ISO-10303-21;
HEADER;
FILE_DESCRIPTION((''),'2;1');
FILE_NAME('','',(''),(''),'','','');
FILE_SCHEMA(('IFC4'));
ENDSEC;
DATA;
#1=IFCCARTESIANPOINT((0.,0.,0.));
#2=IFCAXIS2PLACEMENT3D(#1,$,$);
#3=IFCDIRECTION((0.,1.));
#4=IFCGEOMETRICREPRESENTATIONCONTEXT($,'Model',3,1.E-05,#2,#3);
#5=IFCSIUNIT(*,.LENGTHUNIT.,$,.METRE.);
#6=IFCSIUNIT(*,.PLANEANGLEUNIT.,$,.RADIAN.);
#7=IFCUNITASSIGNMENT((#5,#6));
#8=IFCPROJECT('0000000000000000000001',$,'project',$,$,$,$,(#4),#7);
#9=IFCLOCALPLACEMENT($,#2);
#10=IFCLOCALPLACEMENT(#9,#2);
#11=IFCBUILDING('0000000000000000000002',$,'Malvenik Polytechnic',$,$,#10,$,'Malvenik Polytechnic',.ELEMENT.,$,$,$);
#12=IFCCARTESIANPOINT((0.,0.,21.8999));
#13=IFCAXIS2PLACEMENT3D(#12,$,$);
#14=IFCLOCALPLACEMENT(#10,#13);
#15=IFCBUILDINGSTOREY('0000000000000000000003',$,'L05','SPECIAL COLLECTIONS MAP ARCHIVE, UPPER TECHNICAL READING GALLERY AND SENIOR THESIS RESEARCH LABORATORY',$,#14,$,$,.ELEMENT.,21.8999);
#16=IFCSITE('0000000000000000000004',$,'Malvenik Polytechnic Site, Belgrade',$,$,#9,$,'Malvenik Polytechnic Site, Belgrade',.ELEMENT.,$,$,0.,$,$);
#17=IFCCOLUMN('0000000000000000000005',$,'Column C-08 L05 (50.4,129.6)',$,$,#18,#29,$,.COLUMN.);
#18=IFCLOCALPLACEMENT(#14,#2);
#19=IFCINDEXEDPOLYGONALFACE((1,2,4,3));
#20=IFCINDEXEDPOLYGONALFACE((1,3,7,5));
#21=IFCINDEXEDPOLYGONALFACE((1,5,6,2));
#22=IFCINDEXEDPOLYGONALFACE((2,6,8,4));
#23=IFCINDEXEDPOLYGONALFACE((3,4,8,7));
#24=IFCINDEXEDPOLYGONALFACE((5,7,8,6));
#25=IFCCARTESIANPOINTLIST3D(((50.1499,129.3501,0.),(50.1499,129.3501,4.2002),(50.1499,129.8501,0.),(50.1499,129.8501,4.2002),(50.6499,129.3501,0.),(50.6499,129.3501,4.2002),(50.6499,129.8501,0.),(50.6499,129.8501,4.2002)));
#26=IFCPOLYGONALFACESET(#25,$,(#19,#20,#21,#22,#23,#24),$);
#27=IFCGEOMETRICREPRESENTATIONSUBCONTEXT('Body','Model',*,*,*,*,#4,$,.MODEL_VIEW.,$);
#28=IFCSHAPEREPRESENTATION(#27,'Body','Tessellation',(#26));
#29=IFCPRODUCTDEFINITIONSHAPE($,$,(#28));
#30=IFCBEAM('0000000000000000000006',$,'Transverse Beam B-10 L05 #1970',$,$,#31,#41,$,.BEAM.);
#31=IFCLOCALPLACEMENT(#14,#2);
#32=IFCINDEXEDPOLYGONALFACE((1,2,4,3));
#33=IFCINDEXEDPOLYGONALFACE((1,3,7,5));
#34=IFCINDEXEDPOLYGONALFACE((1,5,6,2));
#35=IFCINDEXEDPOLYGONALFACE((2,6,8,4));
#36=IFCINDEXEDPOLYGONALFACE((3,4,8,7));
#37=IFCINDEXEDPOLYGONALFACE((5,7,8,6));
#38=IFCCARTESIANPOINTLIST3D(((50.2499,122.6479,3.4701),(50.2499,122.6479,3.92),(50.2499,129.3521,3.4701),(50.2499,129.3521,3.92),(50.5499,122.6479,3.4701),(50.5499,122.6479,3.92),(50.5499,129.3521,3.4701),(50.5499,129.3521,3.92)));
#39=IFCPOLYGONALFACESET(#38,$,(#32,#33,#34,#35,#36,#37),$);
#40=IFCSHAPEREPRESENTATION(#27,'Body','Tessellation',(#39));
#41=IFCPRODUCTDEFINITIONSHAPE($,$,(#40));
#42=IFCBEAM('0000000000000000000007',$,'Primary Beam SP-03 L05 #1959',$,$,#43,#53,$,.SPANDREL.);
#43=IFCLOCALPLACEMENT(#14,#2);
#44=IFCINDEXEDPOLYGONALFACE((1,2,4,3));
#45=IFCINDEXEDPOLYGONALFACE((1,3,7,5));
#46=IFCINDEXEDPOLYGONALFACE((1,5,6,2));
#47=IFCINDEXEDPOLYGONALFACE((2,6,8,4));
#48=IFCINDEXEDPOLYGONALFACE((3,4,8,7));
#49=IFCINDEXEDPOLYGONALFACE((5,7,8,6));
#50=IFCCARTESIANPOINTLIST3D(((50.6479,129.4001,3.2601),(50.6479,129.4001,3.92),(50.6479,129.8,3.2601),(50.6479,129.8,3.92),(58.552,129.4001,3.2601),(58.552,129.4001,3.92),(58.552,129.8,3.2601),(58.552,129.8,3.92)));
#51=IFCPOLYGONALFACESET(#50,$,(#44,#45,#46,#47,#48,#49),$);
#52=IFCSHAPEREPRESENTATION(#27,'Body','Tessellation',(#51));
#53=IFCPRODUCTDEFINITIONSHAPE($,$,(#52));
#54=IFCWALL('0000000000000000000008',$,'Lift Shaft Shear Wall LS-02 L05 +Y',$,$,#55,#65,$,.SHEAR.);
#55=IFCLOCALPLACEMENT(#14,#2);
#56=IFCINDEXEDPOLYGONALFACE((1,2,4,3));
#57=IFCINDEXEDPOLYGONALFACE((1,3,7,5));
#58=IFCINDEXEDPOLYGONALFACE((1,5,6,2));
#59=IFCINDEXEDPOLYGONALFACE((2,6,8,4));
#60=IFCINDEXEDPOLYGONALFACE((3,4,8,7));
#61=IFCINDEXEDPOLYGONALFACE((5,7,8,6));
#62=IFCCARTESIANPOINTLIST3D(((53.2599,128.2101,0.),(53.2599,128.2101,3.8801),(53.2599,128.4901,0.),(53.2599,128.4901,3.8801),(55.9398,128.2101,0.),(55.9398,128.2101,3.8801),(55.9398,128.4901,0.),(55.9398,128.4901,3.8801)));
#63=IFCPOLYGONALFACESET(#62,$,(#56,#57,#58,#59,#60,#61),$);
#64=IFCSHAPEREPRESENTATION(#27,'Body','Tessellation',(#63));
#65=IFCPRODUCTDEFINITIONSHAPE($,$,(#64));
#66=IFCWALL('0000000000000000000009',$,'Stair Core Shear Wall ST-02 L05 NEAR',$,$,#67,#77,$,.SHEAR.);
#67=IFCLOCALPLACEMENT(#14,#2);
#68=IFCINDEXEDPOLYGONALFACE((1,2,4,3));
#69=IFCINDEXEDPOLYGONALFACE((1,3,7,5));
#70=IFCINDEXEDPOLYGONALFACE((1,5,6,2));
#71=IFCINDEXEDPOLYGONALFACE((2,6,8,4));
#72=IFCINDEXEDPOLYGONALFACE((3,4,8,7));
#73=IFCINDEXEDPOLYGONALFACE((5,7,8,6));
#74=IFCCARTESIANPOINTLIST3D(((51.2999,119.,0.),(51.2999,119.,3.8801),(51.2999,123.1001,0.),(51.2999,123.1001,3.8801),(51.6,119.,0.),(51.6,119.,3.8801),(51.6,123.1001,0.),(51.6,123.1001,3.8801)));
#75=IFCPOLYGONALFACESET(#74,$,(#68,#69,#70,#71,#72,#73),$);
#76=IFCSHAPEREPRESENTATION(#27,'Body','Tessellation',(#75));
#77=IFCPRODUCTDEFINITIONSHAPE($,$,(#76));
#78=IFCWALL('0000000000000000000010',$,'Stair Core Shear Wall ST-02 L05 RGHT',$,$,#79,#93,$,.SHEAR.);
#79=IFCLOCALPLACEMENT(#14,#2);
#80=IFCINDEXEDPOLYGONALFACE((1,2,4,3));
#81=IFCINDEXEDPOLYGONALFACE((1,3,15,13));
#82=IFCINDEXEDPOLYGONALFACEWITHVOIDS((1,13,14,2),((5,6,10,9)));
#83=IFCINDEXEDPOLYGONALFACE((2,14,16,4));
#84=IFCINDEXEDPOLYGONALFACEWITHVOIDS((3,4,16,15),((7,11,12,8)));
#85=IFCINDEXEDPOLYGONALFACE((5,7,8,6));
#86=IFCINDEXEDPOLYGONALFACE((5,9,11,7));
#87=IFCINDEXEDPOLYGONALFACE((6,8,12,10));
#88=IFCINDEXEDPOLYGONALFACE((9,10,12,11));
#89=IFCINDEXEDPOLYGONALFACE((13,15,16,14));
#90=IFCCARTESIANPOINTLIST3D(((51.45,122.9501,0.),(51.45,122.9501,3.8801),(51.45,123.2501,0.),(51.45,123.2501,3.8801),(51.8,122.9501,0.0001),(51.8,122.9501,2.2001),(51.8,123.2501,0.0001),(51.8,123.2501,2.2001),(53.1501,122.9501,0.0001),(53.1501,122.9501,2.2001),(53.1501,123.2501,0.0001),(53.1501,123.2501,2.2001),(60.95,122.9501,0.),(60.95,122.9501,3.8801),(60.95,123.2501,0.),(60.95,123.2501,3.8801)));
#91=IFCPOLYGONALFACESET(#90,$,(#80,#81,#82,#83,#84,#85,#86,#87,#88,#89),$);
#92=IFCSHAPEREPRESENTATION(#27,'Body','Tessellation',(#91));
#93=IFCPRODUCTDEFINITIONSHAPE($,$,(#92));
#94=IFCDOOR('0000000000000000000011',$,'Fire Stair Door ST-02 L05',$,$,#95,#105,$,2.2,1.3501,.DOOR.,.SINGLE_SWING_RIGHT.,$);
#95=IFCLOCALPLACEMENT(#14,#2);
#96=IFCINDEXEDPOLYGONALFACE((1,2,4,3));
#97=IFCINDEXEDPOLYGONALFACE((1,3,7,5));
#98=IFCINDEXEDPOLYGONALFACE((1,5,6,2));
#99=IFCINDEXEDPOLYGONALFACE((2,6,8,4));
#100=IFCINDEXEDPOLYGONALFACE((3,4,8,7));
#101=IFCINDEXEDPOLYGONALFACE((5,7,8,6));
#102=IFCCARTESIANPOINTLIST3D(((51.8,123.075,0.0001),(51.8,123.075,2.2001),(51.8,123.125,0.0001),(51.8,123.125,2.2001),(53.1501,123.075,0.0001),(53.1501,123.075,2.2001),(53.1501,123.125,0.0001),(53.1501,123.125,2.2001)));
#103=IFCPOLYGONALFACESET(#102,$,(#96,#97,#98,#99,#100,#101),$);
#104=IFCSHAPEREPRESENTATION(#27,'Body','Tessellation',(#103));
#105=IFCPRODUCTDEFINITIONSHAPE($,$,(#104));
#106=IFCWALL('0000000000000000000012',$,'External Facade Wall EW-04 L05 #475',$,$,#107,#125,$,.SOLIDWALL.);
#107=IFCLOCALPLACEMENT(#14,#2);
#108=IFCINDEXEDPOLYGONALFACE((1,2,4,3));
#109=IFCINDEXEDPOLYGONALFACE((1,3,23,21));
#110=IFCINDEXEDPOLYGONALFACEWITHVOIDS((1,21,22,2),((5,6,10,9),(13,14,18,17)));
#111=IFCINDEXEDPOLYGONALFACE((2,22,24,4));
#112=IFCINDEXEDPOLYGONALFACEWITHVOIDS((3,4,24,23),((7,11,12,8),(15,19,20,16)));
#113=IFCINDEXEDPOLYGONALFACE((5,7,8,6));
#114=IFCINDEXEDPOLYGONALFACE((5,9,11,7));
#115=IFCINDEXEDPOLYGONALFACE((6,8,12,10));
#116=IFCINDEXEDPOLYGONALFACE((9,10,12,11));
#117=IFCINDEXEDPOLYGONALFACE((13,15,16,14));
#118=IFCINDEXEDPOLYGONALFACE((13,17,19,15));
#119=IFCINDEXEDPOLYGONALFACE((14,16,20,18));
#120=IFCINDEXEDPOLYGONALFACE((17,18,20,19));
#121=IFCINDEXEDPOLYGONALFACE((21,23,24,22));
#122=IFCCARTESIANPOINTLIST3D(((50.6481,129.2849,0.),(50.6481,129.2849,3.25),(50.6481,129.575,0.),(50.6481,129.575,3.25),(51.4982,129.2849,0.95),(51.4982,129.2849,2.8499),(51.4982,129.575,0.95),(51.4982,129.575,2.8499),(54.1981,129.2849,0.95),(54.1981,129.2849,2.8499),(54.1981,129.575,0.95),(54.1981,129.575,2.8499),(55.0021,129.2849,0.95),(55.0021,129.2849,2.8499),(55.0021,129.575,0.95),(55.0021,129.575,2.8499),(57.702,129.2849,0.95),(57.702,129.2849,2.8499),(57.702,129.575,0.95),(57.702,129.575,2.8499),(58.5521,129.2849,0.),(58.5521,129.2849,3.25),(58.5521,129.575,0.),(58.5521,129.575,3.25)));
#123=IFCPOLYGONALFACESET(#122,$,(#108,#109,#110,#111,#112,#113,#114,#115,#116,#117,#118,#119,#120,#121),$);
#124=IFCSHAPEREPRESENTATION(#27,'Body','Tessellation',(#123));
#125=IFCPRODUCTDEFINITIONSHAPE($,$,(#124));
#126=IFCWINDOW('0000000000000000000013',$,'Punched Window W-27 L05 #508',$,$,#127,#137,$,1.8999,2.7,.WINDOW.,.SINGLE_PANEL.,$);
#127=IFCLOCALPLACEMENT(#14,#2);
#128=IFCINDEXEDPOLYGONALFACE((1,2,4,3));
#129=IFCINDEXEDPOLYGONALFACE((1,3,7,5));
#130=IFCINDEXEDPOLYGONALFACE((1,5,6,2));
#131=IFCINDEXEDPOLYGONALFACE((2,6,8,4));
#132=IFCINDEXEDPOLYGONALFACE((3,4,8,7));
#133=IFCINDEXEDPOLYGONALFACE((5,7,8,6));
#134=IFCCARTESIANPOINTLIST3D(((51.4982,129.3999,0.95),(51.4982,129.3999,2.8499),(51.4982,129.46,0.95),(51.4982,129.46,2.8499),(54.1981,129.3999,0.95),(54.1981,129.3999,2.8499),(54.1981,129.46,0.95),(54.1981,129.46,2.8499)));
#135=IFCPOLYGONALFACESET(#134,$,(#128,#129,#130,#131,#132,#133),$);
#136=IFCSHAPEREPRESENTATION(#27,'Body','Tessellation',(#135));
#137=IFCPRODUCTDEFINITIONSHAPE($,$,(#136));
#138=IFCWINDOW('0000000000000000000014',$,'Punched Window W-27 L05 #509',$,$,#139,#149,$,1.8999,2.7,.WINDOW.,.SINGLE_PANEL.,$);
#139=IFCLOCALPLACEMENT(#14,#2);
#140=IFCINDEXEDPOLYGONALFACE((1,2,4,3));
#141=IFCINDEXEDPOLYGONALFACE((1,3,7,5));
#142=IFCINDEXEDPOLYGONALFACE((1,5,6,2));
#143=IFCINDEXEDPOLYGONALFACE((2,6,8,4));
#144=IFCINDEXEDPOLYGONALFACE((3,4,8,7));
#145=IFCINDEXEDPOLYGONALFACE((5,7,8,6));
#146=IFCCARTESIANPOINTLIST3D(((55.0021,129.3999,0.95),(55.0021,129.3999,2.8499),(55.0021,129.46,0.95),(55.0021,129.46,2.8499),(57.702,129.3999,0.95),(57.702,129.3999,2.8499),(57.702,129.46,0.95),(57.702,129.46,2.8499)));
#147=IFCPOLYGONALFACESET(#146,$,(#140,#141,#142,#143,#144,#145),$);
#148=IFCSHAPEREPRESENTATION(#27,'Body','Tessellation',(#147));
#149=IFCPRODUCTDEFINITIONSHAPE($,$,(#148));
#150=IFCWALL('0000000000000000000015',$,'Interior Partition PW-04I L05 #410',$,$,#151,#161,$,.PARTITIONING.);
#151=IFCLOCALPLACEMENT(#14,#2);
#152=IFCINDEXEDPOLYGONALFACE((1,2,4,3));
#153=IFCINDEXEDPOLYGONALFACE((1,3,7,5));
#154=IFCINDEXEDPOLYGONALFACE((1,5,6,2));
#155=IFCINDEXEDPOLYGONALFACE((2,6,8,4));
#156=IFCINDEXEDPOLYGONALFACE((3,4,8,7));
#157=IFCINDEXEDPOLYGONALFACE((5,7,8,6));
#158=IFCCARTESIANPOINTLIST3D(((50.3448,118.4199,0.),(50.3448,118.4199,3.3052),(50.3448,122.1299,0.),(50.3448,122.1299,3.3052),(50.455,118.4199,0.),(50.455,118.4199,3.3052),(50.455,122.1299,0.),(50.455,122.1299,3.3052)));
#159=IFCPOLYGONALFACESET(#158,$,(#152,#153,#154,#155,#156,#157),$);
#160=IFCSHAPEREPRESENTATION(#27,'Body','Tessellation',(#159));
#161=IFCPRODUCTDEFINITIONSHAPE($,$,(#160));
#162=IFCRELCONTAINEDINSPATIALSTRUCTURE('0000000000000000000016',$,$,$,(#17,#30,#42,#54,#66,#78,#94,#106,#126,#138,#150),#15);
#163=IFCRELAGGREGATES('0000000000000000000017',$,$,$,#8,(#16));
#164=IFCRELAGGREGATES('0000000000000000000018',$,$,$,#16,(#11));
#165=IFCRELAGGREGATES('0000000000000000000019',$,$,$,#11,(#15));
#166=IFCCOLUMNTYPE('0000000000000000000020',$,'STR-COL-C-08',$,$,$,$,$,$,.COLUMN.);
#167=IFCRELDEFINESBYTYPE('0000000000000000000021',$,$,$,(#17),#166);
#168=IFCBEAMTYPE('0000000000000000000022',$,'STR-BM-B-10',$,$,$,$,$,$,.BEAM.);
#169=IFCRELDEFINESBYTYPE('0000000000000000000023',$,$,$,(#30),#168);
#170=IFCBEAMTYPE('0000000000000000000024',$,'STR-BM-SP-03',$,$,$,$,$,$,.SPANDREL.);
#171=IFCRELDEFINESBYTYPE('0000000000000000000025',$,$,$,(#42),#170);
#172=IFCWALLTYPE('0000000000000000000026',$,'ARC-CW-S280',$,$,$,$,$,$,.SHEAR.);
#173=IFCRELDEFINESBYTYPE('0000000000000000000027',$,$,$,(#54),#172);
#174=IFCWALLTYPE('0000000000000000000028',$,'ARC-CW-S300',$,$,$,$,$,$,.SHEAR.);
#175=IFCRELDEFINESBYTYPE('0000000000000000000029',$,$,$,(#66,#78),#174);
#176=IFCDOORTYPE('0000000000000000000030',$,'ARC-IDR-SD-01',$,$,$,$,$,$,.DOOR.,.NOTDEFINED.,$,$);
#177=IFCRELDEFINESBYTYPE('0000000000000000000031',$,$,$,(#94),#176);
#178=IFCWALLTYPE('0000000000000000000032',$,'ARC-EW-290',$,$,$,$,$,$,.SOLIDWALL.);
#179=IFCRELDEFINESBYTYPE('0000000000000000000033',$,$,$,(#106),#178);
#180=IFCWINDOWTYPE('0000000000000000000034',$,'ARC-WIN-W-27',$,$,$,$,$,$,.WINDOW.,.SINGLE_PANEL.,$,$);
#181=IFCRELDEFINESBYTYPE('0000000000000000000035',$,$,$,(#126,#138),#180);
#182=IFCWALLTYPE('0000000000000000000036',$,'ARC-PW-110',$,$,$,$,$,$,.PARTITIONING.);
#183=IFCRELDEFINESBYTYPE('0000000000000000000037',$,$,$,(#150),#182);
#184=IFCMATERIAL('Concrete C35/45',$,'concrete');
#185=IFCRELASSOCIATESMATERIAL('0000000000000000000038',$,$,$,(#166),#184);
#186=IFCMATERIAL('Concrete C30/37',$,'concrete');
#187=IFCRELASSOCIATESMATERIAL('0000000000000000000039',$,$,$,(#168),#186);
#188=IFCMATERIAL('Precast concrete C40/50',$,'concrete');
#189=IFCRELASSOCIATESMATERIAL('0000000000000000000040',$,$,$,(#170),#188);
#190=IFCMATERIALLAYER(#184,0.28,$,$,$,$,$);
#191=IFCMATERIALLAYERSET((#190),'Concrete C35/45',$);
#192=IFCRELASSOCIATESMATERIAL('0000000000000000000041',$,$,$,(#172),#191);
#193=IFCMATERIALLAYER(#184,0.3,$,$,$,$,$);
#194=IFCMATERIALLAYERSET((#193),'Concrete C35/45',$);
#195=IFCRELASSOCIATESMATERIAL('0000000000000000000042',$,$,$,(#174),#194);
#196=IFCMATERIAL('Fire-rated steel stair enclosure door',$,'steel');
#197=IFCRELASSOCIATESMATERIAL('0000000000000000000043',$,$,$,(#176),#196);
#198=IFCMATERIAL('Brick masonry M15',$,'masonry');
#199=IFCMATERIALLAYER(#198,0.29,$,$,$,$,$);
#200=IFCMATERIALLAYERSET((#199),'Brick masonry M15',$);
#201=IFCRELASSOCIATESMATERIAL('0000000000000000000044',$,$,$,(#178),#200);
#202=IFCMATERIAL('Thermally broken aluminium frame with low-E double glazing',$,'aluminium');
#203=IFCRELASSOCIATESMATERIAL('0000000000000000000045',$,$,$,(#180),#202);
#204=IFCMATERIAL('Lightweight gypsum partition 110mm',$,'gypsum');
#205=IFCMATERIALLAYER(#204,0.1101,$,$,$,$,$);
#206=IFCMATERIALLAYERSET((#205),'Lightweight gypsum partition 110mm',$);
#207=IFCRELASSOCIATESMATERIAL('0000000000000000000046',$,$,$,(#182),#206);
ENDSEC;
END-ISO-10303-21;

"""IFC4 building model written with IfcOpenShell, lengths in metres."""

from ifc_helpers import new_model, si_unit, direction, frame, frame_2d, origin, origin_2d, place, context, subcontext, project, spatial, rectangle, extrude, material, layer, layer_set, material_profile, profile_set, type_object, element, fill, save


model = new_model("IFC4")

# Units and contexts
model_context = context("Model", 3, precision=1e-05, world=origin(), true_north=direction((0.0, 1.0)))
body_context = subcontext(model_context, "Body", "Model", "MODEL_VIEW")
ifc_project = project(units=[si_unit("LENGTHUNIT", "METRE"), si_unit("PLANEANGLEUNIT", "RADIAN")], contexts=[model_context])

# Site, building, storey
site_placement = place(None, origin())
site = spatial("IfcSite", under=ifc_project, at=site_placement, Name="Malvenik Polytechnic Site, Belgrade", LongName="Malvenik Polytechnic Site, Belgrade", CompositionType="ELEMENT", RefElevation=0.0)
building_placement = place(site_placement, origin())
building = spatial("IfcBuilding", under=site, at=building_placement, Name="Malvenik Polytechnic", LongName="Malvenik Polytechnic", CompositionType="ELEMENT")
storey_placement = place(building_placement, frame((0.0, 0.0, 21.8999)))
storey = spatial("IfcBuildingStorey", under=building, at=storey_placement, Name="L05", Description="SPECIAL COLLECTIONS MAP ARCHIVE, UPPER TECHNICAL READING GALLERY AND SENIOR THESIS RESEARCH LABORATORY", CompositionType="ELEMENT", Elevation=21.8999)

# Column
ifc_material_1 = material(Name="Concrete C35/45", Category="concrete")
ifc_material_profile_1 = material_profile(ifc_material_1, rectangle(XDim=0.5, YDim=0.5, at=origin_2d()), Name="RC COL 500x500")
ifc_profile_set_1 = profile_set([ifc_material_profile_1], Name="Concrete C35/45")
column_type = type_object("IfcColumnType", Name="STR-COL-C-08", PredefinedType="COLUMN", material=ifc_profile_set_1)
column_placement = place(storey_placement, frame((50.3999, 129.6001, 0.0), z_axis=(0.0, 0.0, 1.0), x_axis=(1.0, 0.0, 0.0)))
element("IfcColumn", 1, at=column_placement, inside=storey, type_object=column_type, Name="Column C-08 L05 (50.4,129.6)", PredefinedType="COLUMN", context=body_context, shape_type="SweptSolid", body=[
    extrude(rectangle(XDim=0.5, YDim=0.5, at=origin_2d()), origin(), (0.0, 0.0, 1.0), 4.2002),
])

# Beams
ifc_material_2 = material(Name="Concrete C30/37", Category="concrete")
ifc_material_profile_2 = material_profile(ifc_material_2, rectangle(XDim=0.3, YDim=0.45, at=origin_2d()), Name="RC BM 300x450")
ifc_profile_set_2 = profile_set([ifc_material_profile_2], Name="Concrete C30/37")
beam_type_1 = type_object("IfcBeamType", Name="STR-BM-B-10", PredefinedType="BEAM", material=ifc_profile_set_2)
beam_1_placement = place(storey_placement, frame((50.3999, 122.6479, 3.6951), z_axis=(0.0, 1.0, 0.0), x_axis=(-1.0, 0.0, 0.0)))
element("IfcBeam", 2, at=beam_1_placement, inside=storey, type_object=beam_type_1, Name="Transverse Beam B-10 L05 #1970", PredefinedType="BEAM", context=body_context, shape_type="SweptSolid", body=[
    extrude(rectangle(XDim=0.3, YDim=0.45, at=origin_2d()), origin(), (0.0, 0.0, 1.0), 6.7041),
])
ifc_material_3 = material(Name="Precast concrete C40/50", Category="concrete")
ifc_material_profile_3 = material_profile(ifc_material_3, rectangle(XDim=0.3999, YDim=0.6599, at=origin_2d()), Name="PC SPN 400x660")
ifc_profile_set_3 = profile_set([ifc_material_profile_3], Name="Precast concrete C40/50")
beam_type_2 = type_object("IfcBeamType", Name="STR-BM-SP-03", PredefinedType="SPANDREL", material=ifc_profile_set_3)
beam_2_placement = place(storey_placement, frame((50.6479, 129.6001, 3.5901), z_axis=(1.0, 0.0, 0.0), x_axis=(0.0, 1.0, 0.0)))
element("IfcBeam", 3, at=beam_2_placement, inside=storey, type_object=beam_type_2, Name="Primary Beam SP-03 L05 #1959", PredefinedType="SPANDREL", context=body_context, shape_type="SweptSolid", body=[
    extrude(rectangle(XDim=0.3999, YDim=0.6599, at=origin_2d()), origin(), (0.0, 0.0, 1.0), 7.9041),
])

# Walls
ifc_layer_1 = layer(ifc_material_1, 0.28)
ifc_layer_set_1 = layer_set([ifc_layer_1], Name="Concrete C35/45")
wall_type_1 = type_object("IfcWallType", Name="ARC-CW-S280", PredefinedType="SHEAR", material=ifc_layer_set_1)
wall_1_placement = place(storey_placement, frame((53.26, 128.3501, 0.0), z_axis=(0.0, 0.0, 1.0), x_axis=(1.0, 0.0, 0.0)))
element("IfcWall", 4, at=wall_1_placement, inside=storey, type_object=wall_type_1, Name="Lift Shaft Shear Wall LS-02 L05 +Y", PredefinedType="SHEAR", context=body_context, shape_type="SweptSolid", body=[
    extrude(rectangle(XDim=2.6799, YDim=0.28, at=frame_2d((1.3398, 0.0))), origin(), (0.0, 0.0, 1.0), 3.8801),
])
ifc_layer_2 = layer(ifc_material_1, 0.3)
ifc_layer_set_2 = layer_set([ifc_layer_2], Name="Concrete C35/45")
wall_type_2 = type_object("IfcWallType", Name="ARC-CW-S300", PredefinedType="SHEAR", material=ifc_layer_set_2)
wall_2_placement = place(storey_placement, frame((51.45, 119.0, 0.0), z_axis=(0.0, 0.0, 1.0), x_axis=(0.0, 1.0, 0.0)))
element("IfcWall", 5, at=wall_2_placement, inside=storey, type_object=wall_type_2, Name="Stair Core Shear Wall ST-02 L05 NEAR", PredefinedType="SHEAR", context=body_context, shape_type="SweptSolid", body=[
    extrude(rectangle(XDim=4.1001, YDim=0.3, at=frame_2d((2.05, 0.0))), origin(), (0.0, 0.0, 1.0), 3.8801),
])

# Wall, opening, door
wall_3_placement = place(storey_placement, frame((51.45, 123.1001, 0.0), z_axis=(0.0, 0.0, 1.0), x_axis=(1.0, 0.0, 0.0)))
wall_3 = element("IfcWall", 6, at=wall_3_placement, inside=storey, type_object=wall_type_2, Name="Stair Core Shear Wall ST-02 L05 RGHT", PredefinedType="SHEAR", context=body_context, shape_type="SweptSolid", body=[
    extrude(rectangle(XDim=9.5, YDim=0.3, at=frame_2d((4.75, 0.0))), origin(), (0.0, 0.0, 1.0), 3.8801),
])
opening_1_placement = place(wall_3_placement, frame((0.3501, 0.0, 0.0)))
opening_1 = element("IfcOpeningElement", 7, at=opening_1_placement, cuts=wall_3, PredefinedType="OPENING", context=body_context, shape_type="SweptSolid", body=[
    extrude(rectangle(XDim=1.3501, YDim=2.2, at=frame_2d((0.675, 1.1001))), frame((0.0, 0.1602, 0.0), z_axis=(0.0, -1.0, 0.0), x_axis=(1.0, 0.0, 0.0)), (0.0, 0.0, 1.0), 0.3201),
])
ifc_material_4 = material(Name="Fire-rated steel stair enclosure door", Category="steel")
door_type_1 = type_object("IfcDoorType", Name="ARC-IDR-SD-01", OperationType="NOTDEFINED", PredefinedType="DOOR", material=ifc_material_4)
door_1_placement = place(opening_1_placement, origin())
door_1 = element("IfcDoor", 8, at=door_1_placement, inside=storey, type_object=door_type_1, Name="Fire Stair Door ST-02 L05", OperationType="SINGLE_SWING_RIGHT", OverallHeight=2.2, OverallWidth=1.3501, PredefinedType="DOOR", context=body_context, shape_type="SweptSolid", body=[
    extrude(rectangle(XDim=1.3501, YDim=2.2, at=frame_2d((0.675, 1.1001))), frame((0.0, 0.0249, 0.0), z_axis=(0.0, -1.0, 0.0), x_axis=(1.0, 0.0, 0.0)), (0.0, 0.0, 1.0), 0.05),
])
fill(opening_1, door_1)

# Wall, openings, windows
ifc_material_5 = material(Name="Brick masonry M15", Category="masonry")
ifc_layer_3 = layer(ifc_material_5, 0.29)
ifc_layer_set_3 = layer_set([ifc_layer_3], Name="Brick masonry M15")
wall_type_3 = type_object("IfcWallType", Name="ARC-EW-290", PredefinedType="SOLIDWALL", material=ifc_layer_set_3)
wall_4_placement = place(storey_placement, frame((50.6479, 129.4299, 0.0), z_axis=(0.0, 0.0, 1.0), x_axis=(1.0, 0.0, 0.0)))
wall_4 = element("IfcWall", 9, at=wall_4_placement, inside=storey, type_object=wall_type_3, Name="External Facade Wall EW-04 L05 #475", PredefinedType="SOLIDWALL", context=body_context, shape_type="SweptSolid", body=[
    extrude(rectangle(XDim=7.9041, YDim=0.29, at=frame_2d((3.9521, 0.0))), origin(), (0.0, 0.0, 1.0), 3.25),
])
opening_2_placement = place(wall_4_placement, frame((0.8501, 0.0, 0.95)))
opening_2 = element("IfcOpeningElement", 10, at=opening_2_placement, cuts=wall_4, PredefinedType="OPENING", context=body_context, shape_type="SweptSolid", body=[
    extrude(rectangle(XDim=2.7, YDim=1.8999, at=frame_2d((1.3501, 0.95))), frame((0.0, 0.155, 0.0), z_axis=(0.0, -1.0, 0.0), x_axis=(1.0, 0.0, 0.0)), (0.0, 0.0, 1.0), 0.3101),
])
opening_3_placement = place(wall_4_placement, frame((4.354, 0.0, 0.95)))
opening_3 = element("IfcOpeningElement", 11, at=opening_3_placement, cuts=wall_4, PredefinedType="OPENING", context=body_context, shape_type="SweptSolid", body=[
    extrude(rectangle(XDim=2.7, YDim=1.8999, at=frame_2d((1.3501, 0.95))), frame((0.0, 0.155, 0.0), z_axis=(0.0, -1.0, 0.0), x_axis=(1.0, 0.0, 0.0)), (0.0, 0.0, 1.0), 0.3101),
])
ifc_material_6 = material(Name="Thermally broken aluminium frame with low-E double glazing", Category="aluminium")
window_type = type_object("IfcWindowType", Name="ARC-WIN-W-27", PartitioningType="SINGLE_PANEL", PredefinedType="WINDOW", material=ifc_material_6)
window_1_placement = place(opening_2_placement, origin())
window_1 = element("IfcWindow", 12, at=window_1_placement, inside=storey, type_object=window_type, Name="Punched Window W-27 L05 #508", OverallHeight=1.8999, OverallWidth=2.7, PartitioningType="SINGLE_PANEL", PredefinedType="WINDOW", context=body_context, shape_type="SweptSolid", body=[
    extrude(rectangle(XDim=2.7, YDim=1.8999, at=frame_2d((1.3501, 0.95))), frame((0.0, 0.03, 0.0), z_axis=(0.0, -1.0, 0.0), x_axis=(1.0, 0.0, 0.0)), (0.0, 0.0, 1.0), 0.0601),
])
fill(opening_2, window_1)
window_2_placement = place(opening_3_placement, origin())
window_2 = element("IfcWindow", 13, at=window_2_placement, inside=storey, type_object=window_type, Name="Punched Window W-27 L05 #509", OverallHeight=1.8999, OverallWidth=2.7, PartitioningType="SINGLE_PANEL", PredefinedType="WINDOW", context=body_context, shape_type="SweptSolid", body=[
    extrude(rectangle(XDim=2.7, YDim=1.8999, at=frame_2d((1.3501, 0.95))), frame((0.0, 0.03, 0.0), z_axis=(0.0, -1.0, 0.0), x_axis=(1.0, 0.0, 0.0)), (0.0, 0.0, 1.0), 0.0601),
])
fill(opening_3, window_2)

# Wall
ifc_material_7 = material(Name="Lightweight gypsum partition 110mm", Category="gypsum")
ifc_layer_4 = layer(ifc_material_7, 0.1101)
ifc_layer_set_4 = layer_set([ifc_layer_4], Name="Lightweight gypsum partition 110mm")
wall_type_4 = type_object("IfcWallType", Name="ARC-PW-110", PredefinedType="PARTITIONING", material=ifc_layer_set_4)
wall_5_placement = place(storey_placement, frame((50.3999, 118.4199, 0.0), z_axis=(0.0, 0.0, 1.0), x_axis=(0.0, 1.0, 0.0)))
element("IfcWall", 14, at=wall_5_placement, inside=storey, type_object=wall_type_4, Name="Interior Partition PW-04I L05 #410", PredefinedType="PARTITIONING", context=body_context, shape_type="SweptSolid", body=[
    extrude(rectangle(XDim=3.71, YDim=0.1101, at=frame_2d((1.855, 0.0))), origin(), (0.0, 0.0, 1.0), 3.3052),
])

save(model, "model.ifc")
